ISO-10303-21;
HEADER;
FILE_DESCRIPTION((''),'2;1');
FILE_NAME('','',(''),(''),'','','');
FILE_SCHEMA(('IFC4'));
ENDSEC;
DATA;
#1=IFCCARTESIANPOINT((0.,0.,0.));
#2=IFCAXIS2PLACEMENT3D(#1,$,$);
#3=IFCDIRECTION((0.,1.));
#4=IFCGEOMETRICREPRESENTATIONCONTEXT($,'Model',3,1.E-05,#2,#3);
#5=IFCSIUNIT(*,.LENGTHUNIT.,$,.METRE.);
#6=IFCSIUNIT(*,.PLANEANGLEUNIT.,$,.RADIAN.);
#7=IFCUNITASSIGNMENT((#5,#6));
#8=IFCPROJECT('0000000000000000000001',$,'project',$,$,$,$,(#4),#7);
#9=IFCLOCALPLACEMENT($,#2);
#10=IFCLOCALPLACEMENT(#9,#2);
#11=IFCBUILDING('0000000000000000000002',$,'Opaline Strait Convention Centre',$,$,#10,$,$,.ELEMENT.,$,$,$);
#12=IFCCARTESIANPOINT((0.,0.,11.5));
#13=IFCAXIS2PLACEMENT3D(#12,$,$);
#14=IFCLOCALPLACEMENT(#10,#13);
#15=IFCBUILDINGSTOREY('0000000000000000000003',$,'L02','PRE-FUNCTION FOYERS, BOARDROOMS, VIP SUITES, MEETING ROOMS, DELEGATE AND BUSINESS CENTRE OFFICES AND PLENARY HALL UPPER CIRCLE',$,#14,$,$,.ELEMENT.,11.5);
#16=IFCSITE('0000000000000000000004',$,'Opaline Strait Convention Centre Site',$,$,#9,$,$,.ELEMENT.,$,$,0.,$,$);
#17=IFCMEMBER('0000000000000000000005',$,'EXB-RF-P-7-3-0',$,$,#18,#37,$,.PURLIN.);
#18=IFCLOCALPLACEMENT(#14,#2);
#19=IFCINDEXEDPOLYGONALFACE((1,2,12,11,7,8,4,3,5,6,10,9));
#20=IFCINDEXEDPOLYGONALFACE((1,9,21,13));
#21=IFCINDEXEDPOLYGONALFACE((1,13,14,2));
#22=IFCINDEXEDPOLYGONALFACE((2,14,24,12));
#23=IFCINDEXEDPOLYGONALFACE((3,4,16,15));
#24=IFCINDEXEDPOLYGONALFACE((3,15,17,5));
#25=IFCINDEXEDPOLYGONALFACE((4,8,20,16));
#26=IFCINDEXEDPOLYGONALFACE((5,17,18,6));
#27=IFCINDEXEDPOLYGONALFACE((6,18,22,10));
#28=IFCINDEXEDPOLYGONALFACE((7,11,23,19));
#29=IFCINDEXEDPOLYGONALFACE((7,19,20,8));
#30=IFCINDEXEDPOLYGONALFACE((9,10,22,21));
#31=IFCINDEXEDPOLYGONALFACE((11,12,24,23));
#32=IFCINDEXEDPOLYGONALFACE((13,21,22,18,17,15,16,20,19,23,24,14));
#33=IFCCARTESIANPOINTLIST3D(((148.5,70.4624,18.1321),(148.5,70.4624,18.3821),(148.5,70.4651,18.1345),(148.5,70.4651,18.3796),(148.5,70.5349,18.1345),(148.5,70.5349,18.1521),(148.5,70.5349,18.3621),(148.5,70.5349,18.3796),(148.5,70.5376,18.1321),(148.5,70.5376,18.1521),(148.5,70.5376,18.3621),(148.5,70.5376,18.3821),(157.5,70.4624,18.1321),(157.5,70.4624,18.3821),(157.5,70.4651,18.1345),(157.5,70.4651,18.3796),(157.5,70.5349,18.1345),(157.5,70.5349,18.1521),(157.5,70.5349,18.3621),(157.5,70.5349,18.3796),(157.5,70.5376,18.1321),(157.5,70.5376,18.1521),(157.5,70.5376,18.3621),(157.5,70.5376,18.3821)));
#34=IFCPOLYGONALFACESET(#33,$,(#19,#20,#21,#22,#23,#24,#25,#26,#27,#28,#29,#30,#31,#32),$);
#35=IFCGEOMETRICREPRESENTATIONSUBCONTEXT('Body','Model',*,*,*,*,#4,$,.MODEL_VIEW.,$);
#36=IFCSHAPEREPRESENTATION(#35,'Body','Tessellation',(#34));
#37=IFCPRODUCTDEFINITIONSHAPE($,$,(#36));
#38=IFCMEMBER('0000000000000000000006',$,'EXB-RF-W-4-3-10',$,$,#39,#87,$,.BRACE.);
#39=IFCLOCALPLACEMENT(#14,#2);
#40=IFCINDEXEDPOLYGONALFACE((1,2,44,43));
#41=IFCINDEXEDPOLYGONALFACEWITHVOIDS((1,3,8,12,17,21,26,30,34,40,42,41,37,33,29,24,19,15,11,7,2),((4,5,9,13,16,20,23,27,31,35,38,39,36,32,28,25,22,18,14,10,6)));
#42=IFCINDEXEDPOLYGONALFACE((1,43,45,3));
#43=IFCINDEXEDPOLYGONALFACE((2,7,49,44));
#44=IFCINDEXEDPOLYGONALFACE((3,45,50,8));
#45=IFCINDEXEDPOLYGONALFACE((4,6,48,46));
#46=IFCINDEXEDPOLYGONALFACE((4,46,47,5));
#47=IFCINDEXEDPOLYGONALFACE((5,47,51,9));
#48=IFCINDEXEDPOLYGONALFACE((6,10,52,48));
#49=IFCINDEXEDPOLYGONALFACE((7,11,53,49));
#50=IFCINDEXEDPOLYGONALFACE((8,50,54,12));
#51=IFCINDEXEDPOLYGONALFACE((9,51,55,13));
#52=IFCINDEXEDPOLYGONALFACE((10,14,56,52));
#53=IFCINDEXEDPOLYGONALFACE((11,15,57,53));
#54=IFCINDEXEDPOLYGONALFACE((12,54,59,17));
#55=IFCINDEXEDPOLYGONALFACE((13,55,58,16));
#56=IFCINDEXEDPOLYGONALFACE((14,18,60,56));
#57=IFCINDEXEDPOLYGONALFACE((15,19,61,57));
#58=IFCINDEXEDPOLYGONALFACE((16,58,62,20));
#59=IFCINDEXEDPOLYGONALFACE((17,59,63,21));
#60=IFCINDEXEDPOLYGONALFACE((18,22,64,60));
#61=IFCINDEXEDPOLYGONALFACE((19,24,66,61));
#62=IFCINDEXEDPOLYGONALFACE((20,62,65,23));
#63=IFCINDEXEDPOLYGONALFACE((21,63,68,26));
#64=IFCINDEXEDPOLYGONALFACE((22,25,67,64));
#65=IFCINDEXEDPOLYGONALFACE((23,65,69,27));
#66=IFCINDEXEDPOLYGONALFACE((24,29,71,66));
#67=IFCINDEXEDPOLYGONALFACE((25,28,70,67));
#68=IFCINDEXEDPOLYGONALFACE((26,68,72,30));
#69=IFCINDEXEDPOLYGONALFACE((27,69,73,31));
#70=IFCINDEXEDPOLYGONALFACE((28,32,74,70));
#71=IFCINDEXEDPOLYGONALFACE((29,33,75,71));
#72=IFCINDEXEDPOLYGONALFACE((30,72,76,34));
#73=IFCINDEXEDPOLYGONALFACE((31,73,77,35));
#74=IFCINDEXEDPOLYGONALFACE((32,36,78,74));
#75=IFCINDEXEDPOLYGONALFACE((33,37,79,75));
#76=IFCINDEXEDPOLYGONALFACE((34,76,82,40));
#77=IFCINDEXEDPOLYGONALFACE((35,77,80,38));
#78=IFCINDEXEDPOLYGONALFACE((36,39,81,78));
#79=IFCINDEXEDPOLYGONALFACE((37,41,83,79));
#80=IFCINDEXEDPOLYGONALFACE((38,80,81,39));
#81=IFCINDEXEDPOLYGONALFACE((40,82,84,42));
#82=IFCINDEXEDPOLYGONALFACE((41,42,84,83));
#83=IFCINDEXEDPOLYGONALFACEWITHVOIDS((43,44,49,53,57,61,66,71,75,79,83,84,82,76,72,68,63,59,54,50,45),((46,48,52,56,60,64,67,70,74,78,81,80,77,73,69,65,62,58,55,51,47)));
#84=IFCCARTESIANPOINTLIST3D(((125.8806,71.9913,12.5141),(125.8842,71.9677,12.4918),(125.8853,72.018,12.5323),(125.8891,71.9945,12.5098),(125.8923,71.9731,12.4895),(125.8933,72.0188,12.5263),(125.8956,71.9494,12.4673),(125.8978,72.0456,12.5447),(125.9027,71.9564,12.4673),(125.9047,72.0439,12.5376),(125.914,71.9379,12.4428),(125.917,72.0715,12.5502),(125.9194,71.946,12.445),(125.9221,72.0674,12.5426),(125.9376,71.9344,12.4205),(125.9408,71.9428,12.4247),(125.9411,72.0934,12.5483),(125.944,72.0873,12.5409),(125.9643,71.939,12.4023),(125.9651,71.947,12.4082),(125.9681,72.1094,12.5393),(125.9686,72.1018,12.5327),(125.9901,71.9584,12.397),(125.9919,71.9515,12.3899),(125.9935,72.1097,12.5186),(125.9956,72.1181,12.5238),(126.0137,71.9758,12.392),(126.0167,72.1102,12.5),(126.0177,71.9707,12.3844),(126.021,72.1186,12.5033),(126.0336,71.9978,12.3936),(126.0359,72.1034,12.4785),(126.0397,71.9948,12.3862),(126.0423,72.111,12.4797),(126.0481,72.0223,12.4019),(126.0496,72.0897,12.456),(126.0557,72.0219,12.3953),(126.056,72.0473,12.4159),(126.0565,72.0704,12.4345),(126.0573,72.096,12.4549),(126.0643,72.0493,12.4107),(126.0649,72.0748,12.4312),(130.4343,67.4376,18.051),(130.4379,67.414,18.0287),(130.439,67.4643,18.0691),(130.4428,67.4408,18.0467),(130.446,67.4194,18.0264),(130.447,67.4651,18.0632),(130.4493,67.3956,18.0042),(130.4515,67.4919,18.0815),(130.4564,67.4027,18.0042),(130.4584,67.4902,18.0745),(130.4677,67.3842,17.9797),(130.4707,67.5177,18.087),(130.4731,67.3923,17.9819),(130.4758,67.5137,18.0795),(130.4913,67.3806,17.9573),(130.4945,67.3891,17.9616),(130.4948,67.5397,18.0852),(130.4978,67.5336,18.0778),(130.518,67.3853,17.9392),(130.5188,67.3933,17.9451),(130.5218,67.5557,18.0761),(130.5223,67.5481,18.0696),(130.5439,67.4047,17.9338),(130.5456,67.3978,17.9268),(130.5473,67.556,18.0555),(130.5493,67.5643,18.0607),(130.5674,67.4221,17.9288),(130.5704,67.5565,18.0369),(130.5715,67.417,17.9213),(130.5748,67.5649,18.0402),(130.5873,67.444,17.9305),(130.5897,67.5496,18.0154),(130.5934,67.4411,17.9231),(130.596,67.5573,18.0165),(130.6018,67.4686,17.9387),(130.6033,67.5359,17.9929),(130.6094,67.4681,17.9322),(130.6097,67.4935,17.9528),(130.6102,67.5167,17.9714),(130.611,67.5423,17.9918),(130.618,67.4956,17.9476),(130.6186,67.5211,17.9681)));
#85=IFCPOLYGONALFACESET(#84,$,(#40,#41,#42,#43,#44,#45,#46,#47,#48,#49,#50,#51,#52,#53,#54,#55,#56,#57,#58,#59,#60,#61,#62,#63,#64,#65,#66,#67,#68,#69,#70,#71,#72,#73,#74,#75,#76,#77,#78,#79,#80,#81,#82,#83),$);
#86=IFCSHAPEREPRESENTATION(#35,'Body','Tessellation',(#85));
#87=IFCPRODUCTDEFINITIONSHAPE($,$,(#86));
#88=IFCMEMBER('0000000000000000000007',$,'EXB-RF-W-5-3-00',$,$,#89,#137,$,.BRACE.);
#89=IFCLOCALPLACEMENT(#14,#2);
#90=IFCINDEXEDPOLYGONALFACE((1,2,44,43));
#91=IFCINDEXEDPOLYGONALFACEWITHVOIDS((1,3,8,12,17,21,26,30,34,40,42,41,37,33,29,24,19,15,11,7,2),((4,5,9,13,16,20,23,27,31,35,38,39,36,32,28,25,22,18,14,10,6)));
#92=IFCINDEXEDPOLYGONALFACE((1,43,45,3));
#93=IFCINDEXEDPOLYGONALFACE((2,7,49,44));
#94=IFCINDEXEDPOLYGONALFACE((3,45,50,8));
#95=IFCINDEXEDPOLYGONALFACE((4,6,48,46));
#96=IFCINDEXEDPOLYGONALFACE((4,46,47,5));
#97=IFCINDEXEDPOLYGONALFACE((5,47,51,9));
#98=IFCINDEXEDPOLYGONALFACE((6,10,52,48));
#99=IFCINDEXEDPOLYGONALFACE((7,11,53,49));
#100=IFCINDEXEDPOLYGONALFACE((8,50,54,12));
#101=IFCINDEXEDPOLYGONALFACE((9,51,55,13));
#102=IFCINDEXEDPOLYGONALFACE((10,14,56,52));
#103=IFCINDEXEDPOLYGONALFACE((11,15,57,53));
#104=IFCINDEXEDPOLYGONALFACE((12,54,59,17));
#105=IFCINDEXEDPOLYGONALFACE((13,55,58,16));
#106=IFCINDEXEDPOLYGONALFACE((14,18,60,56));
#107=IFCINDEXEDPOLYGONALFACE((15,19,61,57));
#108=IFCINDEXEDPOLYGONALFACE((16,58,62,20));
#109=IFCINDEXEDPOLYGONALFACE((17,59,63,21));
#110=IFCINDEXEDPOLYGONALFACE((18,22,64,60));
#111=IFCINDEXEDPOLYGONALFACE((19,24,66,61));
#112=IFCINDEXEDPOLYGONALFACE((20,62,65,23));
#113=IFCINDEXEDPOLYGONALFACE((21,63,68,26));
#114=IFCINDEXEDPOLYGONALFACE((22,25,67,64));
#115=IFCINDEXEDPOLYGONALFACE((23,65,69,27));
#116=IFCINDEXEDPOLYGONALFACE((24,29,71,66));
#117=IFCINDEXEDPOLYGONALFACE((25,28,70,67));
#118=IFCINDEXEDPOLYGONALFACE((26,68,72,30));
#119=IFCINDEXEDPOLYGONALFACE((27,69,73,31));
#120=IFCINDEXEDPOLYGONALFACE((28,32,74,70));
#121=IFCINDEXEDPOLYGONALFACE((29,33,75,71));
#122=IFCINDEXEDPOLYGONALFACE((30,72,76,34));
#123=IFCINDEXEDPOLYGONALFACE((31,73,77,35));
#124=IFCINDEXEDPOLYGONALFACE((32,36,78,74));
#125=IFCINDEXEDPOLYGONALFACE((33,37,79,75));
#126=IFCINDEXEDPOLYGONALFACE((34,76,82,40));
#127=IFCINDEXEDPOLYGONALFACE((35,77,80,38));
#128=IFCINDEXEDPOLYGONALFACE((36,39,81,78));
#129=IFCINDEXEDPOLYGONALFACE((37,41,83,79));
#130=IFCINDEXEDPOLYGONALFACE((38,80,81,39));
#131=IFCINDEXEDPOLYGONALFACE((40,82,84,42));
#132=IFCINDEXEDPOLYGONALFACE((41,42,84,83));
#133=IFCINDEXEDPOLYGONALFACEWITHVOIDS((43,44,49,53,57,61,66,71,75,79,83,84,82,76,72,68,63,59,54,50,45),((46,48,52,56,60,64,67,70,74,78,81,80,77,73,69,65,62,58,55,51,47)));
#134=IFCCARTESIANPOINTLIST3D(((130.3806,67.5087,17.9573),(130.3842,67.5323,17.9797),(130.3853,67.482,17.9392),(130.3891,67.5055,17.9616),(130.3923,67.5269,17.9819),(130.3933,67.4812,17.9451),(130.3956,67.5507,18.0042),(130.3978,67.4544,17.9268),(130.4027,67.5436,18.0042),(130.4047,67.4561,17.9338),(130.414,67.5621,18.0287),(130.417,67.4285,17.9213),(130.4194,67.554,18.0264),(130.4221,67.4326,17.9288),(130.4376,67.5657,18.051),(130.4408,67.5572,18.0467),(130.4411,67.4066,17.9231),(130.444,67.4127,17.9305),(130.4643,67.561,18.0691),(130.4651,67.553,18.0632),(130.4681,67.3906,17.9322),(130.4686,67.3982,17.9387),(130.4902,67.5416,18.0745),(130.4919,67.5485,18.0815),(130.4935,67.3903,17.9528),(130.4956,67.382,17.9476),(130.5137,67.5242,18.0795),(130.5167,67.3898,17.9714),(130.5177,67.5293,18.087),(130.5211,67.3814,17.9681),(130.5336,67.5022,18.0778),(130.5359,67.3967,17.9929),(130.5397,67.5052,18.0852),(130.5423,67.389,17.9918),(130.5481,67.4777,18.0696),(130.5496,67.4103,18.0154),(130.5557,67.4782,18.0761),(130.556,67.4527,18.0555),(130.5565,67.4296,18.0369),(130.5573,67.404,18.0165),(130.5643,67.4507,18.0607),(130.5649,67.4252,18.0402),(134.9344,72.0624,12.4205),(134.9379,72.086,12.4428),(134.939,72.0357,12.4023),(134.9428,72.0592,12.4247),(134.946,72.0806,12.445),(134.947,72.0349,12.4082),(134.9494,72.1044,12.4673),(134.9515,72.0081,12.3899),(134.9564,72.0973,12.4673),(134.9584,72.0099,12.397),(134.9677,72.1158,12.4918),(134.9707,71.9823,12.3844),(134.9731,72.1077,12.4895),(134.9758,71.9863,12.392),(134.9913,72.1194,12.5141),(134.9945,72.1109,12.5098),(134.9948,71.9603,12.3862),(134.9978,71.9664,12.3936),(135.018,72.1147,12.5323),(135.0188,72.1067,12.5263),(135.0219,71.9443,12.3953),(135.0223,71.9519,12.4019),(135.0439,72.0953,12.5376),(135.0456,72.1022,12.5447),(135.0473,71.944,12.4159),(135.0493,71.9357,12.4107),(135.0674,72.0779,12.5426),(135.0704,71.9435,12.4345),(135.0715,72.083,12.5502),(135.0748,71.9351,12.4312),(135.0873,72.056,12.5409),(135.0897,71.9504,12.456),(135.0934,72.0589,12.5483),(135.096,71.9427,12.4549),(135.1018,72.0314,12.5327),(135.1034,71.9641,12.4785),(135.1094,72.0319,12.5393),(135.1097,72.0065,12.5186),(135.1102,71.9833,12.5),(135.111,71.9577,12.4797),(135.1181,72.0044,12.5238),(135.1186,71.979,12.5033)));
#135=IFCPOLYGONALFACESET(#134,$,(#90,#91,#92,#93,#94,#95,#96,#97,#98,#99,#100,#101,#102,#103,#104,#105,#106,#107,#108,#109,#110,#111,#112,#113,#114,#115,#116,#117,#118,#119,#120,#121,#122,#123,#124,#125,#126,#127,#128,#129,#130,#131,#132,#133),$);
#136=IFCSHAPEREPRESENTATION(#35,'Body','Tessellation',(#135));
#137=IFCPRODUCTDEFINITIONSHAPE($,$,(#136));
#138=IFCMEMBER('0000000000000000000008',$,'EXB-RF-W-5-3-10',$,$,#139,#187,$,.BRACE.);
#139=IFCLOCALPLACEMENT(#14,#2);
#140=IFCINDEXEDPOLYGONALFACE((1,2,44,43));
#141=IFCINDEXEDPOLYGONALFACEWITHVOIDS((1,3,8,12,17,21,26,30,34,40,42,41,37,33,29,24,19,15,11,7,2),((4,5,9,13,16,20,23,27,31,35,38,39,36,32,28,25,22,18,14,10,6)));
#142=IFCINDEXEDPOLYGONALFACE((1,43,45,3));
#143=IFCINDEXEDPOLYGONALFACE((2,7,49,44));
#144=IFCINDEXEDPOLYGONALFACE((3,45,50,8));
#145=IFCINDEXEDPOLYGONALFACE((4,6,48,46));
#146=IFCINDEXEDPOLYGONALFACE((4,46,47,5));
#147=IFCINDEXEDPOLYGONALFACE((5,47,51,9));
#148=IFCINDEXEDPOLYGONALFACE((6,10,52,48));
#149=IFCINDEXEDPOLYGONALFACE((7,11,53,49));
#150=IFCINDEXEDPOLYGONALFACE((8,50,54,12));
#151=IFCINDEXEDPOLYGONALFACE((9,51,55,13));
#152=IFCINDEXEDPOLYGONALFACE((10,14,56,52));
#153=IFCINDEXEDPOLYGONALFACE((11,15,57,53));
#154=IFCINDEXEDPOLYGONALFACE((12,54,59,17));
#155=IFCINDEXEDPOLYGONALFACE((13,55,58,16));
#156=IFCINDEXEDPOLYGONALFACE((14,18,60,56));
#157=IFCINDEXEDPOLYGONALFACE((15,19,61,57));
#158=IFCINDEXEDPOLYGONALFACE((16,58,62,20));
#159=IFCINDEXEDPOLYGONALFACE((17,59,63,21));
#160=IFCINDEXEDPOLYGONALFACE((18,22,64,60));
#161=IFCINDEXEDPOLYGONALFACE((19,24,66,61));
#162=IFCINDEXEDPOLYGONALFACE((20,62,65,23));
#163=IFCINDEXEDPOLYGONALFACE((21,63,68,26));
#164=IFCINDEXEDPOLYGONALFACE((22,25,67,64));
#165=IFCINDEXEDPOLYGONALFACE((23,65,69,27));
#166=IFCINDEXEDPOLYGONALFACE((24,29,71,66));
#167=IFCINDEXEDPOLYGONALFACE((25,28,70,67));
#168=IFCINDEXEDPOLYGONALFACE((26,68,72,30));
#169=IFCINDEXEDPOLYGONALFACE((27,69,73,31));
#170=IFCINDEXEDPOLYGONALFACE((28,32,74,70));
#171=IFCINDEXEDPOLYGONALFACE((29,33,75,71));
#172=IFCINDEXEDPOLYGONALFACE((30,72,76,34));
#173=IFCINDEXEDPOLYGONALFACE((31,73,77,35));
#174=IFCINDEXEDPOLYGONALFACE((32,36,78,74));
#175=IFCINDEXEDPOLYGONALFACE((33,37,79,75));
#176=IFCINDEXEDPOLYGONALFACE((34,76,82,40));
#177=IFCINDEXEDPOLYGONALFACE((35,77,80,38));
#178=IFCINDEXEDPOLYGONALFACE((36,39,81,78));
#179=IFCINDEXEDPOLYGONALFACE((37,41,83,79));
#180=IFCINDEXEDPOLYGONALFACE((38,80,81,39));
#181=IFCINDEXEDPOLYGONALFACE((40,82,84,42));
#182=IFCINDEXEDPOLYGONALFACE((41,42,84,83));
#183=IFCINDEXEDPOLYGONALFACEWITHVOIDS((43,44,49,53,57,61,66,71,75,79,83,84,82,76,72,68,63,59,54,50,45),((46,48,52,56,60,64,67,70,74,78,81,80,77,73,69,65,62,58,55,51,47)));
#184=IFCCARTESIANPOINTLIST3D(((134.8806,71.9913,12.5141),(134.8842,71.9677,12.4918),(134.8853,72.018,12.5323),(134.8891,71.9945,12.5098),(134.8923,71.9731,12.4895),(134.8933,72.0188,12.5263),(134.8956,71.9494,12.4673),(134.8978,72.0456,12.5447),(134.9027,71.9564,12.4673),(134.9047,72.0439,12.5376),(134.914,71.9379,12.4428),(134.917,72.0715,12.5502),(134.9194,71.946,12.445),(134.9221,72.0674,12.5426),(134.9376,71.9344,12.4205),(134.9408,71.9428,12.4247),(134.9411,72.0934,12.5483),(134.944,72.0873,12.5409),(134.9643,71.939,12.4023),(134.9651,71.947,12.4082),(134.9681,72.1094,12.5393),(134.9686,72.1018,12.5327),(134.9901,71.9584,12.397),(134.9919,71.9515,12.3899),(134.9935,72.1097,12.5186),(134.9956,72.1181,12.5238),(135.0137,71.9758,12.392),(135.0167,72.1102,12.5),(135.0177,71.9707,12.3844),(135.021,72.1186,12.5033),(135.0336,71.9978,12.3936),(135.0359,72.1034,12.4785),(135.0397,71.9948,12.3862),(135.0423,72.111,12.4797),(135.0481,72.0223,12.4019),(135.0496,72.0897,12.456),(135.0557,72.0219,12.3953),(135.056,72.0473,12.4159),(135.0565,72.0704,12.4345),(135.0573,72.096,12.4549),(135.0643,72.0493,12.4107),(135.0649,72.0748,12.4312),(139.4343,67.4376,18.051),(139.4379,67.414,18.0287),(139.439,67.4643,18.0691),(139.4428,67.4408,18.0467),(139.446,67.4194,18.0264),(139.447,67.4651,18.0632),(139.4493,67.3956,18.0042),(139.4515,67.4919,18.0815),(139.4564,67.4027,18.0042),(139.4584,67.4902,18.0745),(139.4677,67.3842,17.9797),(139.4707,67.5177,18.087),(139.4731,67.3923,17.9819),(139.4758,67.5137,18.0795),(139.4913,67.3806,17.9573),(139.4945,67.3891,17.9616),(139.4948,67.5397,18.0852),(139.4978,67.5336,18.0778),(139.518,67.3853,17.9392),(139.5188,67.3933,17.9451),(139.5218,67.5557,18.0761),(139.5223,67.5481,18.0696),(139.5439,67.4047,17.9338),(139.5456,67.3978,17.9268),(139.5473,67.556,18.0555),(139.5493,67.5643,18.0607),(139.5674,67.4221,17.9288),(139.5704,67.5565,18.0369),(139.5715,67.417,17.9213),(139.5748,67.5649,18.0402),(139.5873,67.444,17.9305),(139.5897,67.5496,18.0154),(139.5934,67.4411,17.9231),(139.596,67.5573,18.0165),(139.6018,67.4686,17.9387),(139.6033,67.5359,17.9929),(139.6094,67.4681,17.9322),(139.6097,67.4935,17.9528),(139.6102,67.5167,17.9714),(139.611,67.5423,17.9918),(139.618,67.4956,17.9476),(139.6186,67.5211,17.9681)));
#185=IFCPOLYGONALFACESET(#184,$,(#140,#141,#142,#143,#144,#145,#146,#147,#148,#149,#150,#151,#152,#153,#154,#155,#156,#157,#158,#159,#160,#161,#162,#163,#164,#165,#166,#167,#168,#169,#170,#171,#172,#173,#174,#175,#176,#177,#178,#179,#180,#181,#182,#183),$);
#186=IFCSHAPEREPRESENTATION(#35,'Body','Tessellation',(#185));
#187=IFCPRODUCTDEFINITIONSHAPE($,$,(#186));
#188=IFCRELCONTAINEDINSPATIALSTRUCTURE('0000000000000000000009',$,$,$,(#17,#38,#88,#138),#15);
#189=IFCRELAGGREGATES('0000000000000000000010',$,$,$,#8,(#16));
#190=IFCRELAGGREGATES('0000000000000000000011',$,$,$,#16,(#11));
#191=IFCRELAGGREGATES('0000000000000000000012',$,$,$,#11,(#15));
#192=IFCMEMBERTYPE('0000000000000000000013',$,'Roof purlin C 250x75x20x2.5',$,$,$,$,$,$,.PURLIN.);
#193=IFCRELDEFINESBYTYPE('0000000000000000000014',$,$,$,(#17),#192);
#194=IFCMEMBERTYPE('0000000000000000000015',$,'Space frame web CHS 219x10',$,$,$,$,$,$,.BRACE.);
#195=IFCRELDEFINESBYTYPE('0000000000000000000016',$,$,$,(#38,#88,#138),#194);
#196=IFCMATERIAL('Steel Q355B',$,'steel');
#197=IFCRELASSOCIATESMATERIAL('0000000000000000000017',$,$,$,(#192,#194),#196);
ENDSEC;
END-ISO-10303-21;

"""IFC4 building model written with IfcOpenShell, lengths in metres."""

from ifc_helpers import new_model, si_unit, direction, frame, origin, origin_2d, place, context, subcontext, project, spatial, polyline, hollow_circle, outline, extrude, material, material_profile, profile_set, type_object, element, save


model = new_model("IFC4")

# Units and contexts
model_context = context("Model", 3, precision=1e-05, world=origin(), true_north=direction((0.0, 1.0)))
body_context = subcontext(model_context, "Body", "Model", "MODEL_VIEW")
ifc_project = project(units=[si_unit("LENGTHUNIT", "METRE"), si_unit("PLANEANGLEUNIT", "RADIAN")], contexts=[model_context])

# Site, building, storey
site_placement = place(None, origin())
site = spatial("IfcSite", under=ifc_project, at=site_placement, Name="Opaline Strait Convention Centre Site", CompositionType="ELEMENT", RefElevation=0.0)
building_placement = place(site_placement, origin())
building = spatial("IfcBuilding", under=site, at=building_placement, Name="Opaline Strait Convention Centre", CompositionType="ELEMENT")
storey_placement = place(building_placement, frame((0.0, 0.0, 11.5)))
storey = spatial("IfcBuildingStorey", under=building, at=storey_placement, Name="L02", Description="PRE-FUNCTION FOYERS, BOARDROOMS, VIP SUITES, MEETING ROOMS, DELEGATE AND BUSINESS CENTRE OFFICES AND PLENARY HALL UPPER CIRCLE", CompositionType="ELEMENT", Elevation=11.5)

# Members
ifc_material = material(Name="Steel Q355B", Category="steel")
ifc_material_profile_1 = material_profile(ifc_material, outline(polyline([(-0.0376, -0.125), (0.0376, -0.125), (0.0376, -0.105), (0.0349, -0.105), (0.0349, -0.1226), (-0.0349, -0.1226), (-0.0349, 0.1226), (0.0349, 0.1226), (0.0349, 0.105), (0.0376, 0.105), (0.0376, 0.125), (-0.0376, 0.125), (-0.0376, -0.125)])), Name="C 250x75x20x2.5")
ifc_profile_set_1 = profile_set([ifc_material_profile_1], Name="Steel Q355B")
member_type_1 = type_object("IfcMemberType", Name="Roof purlin C 250x75x20x2.5", PredefinedType="PURLIN", material=ifc_profile_set_1)
for number, where, z_axis, x_axis, name in (
    (1, (148.5, 70.5, 18.2571), (1.0, 0.0, 0.0), (0.0, 1.0, 0.0), "EXB-RF-P-7-3-0"),
):
    element("IfcMember", number, at=place(storey_placement, frame(where, z_axis=z_axis, x_axis=x_axis)), inside=storey, type_object=member_type_1, Name=name, PredefinedType="PURLIN", context=body_context, shape_type="SweptSolid", body=[
        extrude(outline(polyline([(-0.0376, -0.125), (0.0376, -0.125), (0.0376, -0.105), (0.0349, -0.105), (0.0349, -0.1226), (-0.0349, -0.1226), (-0.0349, 0.1226), (0.0349, 0.1226), (0.0349, 0.105), (0.0376, 0.105), (0.0376, 0.125), (-0.0376, 0.125), (-0.0376, -0.125)])), origin(), (0.0, 0.0, 1.0), 9.0),
    ])
ifc_material_profile_2 = material_profile(ifc_material, hollow_circle(Radius=0.1096, WallThickness=0.01, at=origin_2d()), Name="CHS 219x10")
ifc_profile_set_2 = profile_set([ifc_material_profile_2], Name="Steel Q355B")
member_type_2 = type_object("IfcMemberType", Name="Space frame web CHS 219x10", PredefinedType="BRACE", material=ifc_profile_set_2)
for number, where, z_axis, x_axis, name in (
    (2, (130.5269, 67.4731, 18.0042), (-0.536178, 0.536178, -0.65194), (-0.707107, -0.707107, 0.0), "EXB-RF-W-4-3-10"),
    (3, (130.4731, 67.4731, 18.0042), (0.536178, 0.536178, -0.65194), (-0.707107, 0.707107, 0.0), "EXB-RF-W-5-3-00"),
    (4, (139.5269, 67.4731, 18.0042), (-0.536178, 0.536178, -0.65194), (-0.707107, -0.707107, 0.0), "EXB-RF-W-5-3-10"),
):
    element("IfcMember", number, at=place(storey_placement, frame(where, z_axis=z_axis, x_axis=x_axis)), inside=storey, type_object=member_type_2, Name=name, PredefinedType="BRACE", context=body_context, shape_type="SweptSolid", body=[
        extrude(hollow_circle(Radius=0.1096, WallThickness=0.01, at=origin_2d()), origin(), (0.0, 0.0, 1.0), 8.4929),
    ])

save(model, "model.ifc")
